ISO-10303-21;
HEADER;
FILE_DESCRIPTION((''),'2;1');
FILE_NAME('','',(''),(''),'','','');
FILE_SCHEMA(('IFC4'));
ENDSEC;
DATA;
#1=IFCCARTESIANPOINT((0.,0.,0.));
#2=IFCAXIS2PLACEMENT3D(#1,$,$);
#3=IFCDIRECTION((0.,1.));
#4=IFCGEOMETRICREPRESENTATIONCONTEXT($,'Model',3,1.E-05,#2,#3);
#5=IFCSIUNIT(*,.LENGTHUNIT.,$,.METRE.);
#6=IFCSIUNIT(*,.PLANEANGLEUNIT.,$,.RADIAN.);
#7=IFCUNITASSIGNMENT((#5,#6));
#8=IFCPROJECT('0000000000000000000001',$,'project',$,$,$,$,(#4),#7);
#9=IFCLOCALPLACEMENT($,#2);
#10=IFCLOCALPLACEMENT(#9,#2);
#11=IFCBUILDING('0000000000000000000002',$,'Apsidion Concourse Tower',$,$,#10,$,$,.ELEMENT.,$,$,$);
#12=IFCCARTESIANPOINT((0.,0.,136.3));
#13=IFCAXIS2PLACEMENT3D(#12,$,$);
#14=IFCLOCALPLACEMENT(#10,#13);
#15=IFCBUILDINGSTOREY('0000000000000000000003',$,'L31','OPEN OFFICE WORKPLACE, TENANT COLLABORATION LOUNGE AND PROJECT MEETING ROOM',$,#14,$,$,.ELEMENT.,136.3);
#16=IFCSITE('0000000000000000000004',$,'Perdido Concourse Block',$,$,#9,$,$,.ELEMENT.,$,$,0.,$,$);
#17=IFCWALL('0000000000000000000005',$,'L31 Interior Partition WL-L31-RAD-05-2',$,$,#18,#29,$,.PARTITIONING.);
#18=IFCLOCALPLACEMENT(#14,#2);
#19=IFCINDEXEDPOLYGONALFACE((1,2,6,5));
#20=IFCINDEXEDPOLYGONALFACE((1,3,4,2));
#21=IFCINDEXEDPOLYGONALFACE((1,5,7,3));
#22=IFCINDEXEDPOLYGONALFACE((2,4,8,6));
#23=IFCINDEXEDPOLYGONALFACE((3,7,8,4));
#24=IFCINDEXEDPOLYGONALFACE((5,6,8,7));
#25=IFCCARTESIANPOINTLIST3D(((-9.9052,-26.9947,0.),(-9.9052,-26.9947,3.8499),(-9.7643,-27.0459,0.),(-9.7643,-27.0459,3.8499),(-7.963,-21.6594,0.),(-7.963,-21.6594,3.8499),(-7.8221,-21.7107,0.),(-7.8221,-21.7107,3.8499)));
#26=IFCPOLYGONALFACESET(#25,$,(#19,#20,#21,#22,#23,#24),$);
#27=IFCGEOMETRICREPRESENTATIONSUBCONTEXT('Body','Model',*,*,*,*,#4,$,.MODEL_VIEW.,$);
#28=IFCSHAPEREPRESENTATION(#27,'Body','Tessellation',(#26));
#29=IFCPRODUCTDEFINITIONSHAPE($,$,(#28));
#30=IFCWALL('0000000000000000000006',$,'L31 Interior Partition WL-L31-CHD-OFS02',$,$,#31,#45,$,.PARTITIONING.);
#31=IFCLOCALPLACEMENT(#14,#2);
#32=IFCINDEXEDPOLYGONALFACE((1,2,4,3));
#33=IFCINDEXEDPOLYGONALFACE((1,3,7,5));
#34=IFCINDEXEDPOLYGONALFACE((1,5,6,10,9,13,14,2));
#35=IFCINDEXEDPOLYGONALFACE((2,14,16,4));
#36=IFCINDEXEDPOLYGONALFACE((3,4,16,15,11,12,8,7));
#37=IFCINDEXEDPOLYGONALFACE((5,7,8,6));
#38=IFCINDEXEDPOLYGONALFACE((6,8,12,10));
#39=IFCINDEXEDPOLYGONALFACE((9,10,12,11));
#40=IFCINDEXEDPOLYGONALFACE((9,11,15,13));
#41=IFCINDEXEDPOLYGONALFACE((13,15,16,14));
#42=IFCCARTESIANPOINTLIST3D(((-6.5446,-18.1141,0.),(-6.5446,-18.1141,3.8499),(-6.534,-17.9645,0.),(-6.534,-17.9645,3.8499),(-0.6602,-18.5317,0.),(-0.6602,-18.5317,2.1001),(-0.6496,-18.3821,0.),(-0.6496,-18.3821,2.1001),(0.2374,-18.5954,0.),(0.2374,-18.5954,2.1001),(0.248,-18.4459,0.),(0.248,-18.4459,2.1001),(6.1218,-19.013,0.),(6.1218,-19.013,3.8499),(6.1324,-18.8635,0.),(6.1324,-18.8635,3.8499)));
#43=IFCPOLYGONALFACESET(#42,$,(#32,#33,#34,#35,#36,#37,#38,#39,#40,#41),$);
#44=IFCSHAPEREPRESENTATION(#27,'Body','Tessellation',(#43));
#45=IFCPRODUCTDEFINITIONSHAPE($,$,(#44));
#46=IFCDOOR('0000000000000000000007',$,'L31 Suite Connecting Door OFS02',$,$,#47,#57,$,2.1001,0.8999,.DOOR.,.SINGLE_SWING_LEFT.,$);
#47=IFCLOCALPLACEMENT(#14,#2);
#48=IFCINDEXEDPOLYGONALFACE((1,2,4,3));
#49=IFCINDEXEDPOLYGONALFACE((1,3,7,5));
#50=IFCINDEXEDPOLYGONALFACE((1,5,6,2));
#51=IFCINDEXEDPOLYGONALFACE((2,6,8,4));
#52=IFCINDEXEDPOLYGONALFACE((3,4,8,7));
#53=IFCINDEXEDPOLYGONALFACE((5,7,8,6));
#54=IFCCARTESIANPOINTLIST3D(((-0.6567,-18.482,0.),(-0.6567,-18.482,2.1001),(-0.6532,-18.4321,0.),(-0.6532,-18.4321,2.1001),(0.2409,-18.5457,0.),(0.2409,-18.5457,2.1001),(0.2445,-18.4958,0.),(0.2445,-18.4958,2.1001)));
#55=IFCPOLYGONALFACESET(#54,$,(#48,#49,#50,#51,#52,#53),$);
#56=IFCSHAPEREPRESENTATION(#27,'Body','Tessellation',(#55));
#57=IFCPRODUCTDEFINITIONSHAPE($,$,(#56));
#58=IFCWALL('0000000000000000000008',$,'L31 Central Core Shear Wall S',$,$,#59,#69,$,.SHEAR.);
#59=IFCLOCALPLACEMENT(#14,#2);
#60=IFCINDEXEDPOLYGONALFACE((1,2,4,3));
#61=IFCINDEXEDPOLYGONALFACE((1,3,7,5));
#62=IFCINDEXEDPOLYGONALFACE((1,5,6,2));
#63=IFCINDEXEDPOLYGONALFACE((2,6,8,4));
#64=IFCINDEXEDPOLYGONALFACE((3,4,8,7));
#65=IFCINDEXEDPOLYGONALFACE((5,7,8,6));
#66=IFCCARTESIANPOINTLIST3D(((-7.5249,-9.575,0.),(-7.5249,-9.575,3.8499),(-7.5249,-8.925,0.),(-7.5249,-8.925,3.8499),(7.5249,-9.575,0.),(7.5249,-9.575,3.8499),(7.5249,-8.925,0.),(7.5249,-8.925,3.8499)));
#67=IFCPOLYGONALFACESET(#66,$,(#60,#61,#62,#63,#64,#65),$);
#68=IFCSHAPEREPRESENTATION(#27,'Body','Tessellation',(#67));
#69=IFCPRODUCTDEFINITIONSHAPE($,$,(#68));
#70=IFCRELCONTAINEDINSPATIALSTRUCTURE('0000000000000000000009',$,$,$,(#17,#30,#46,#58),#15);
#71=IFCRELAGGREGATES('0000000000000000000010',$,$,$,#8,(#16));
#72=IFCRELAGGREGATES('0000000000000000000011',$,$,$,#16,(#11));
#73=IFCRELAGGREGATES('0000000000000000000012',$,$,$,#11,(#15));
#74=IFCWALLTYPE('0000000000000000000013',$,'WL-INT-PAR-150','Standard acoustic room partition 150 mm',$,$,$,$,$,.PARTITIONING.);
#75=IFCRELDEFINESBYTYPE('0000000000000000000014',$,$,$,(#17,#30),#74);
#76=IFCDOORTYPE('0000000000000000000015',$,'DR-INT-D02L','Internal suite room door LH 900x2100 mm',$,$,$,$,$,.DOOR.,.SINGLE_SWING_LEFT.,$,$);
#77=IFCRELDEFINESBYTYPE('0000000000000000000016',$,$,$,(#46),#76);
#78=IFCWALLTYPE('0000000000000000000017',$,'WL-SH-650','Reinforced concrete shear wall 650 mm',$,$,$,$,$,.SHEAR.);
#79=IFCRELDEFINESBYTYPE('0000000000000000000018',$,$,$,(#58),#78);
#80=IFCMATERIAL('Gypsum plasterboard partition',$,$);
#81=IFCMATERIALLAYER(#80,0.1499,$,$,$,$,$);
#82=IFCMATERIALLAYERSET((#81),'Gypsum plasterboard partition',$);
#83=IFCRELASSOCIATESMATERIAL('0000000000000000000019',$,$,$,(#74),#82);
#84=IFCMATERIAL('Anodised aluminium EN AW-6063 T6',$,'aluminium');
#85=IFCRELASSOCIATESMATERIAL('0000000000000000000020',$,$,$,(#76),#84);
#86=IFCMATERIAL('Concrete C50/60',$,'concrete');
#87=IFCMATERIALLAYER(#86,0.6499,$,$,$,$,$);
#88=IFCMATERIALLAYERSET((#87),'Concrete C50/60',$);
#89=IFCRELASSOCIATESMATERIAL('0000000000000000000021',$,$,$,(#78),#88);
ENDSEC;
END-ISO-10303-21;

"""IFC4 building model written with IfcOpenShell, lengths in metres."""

from ifc_helpers import new_model, si_unit, direction, frame, frame_2d, origin, place, context, subcontext, project, spatial, rectangle, extrude, material, layer, layer_set, type_object, element, fill, save


model = new_model("IFC4")

# Units and contexts
model_context = context("Model", 3, precision=1e-05, world=origin(), true_north=direction((0.0, 1.0)))
body_context = subcontext(model_context, "Body", "Model", "MODEL_VIEW")
ifc_project = project(units=[si_unit("LENGTHUNIT", "METRE"), si_unit("PLANEANGLEUNIT", "RADIAN")], contexts=[model_context])

# Site, building, storey
site_placement = place(None, origin())
site = spatial("IfcSite", under=ifc_project, at=site_placement, Name="Perdido Concourse Block", CompositionType="ELEMENT", RefElevation=0.0)
building_placement = place(site_placement, origin())
building = spatial("IfcBuilding", under=site, at=building_placement, Name="Apsidion Concourse Tower", CompositionType="ELEMENT")
storey_placement = place(building_placement, frame((0.0, 0.0, 136.3)))
storey = spatial("IfcBuildingStorey", under=building, at=storey_placement, Name="L31", Description="OPEN OFFICE WORKPLACE, TENANT COLLABORATION LOUNGE AND PROJECT MEETING ROOM", CompositionType="ELEMENT", Elevation=136.3)

# Shared definitions
ifc_material_1 = material(Name="Gypsum plasterboard partition")

# Shared definitions
ifc_layer_1 = layer(ifc_material_1, 0.1499)
ifc_layer_set_1 = layer_set([ifc_layer_1], Name="Gypsum plasterboard partition")
wall_type_1 = type_object("IfcWallType", Name="WL-INT-PAR-150", Description="Standard acoustic room partition 150 mm", PredefinedType="PARTITIONING", material=ifc_layer_set_1)

# Wall
wall_1_placement = place(storey_placement, frame((-7.8926, -21.6851, 0.0), z_axis=(0.0, 0.0, 1.0), x_axis=(-0.342064, -0.939677, 0.0)))
element("IfcWall", 1, at=wall_1_placement, inside=storey, type_object=wall_type_1, Name="L31 Interior Partition WL-L31-RAD-05-2", PredefinedType="PARTITIONING", context=body_context, shape_type="SweptSolid", body=[
    extrude(rectangle(XDim=5.6777, YDim=0.1499, at=frame_2d((2.8389, 0.0))), origin(), (0.0, 0.0, 1.0), 3.8499),
])

# Wall, opening, door
wall_2_placement = place(storey_placement, frame((-6.5393, -18.0393, 0.0), z_axis=(0.0, 0.0, 1.0), x_axis=(0.997491, -0.070791, 0.0)))
wall_2 = element("IfcWall", 2, at=wall_2_placement, inside=storey, type_object=wall_type_1, Name="L31 Interior Partition WL-L31-CHD-OFS02", PredefinedType="PARTITIONING", context=body_context, shape_type="SweptSolid", body=[
    extrude(rectangle(XDim=12.6982, YDim=0.1499, at=frame_2d((6.3491, 0.0))), origin(), (0.0, 0.0, 1.0), 3.8499),
])
opening_1_placement = place(wall_2_placement, frame((5.8992, 0.0, 0.0)))
opening_1 = element("IfcOpeningElement", 3, at=opening_1_placement, cuts=wall_2, PredefinedType="OPENING", context=body_context, shape_type="SweptSolid", body=[
    extrude(rectangle(XDim=0.8999, YDim=2.1001, at=frame_2d((0.45, 1.05))), frame((0.0, 0.085, 0.0), z_axis=(0.0, -1.0, 0.0), x_axis=(1.0, 0.0, 0.0)), (0.0, 0.0, 1.0), 0.1699),
])
ifc_material_2 = material(Name="Anodised aluminium EN AW-6063 T6", Category="aluminium")
door_type_1 = type_object("IfcDoorType", Name="DR-INT-D02L", Description="Internal suite room door LH 900x2100 mm", OperationType="SINGLE_SWING_LEFT", PredefinedType="DOOR", material=ifc_material_2)
door_1_placement = place(opening_1_placement, origin())
door_1 = element("IfcDoor", 4, at=door_1_placement, inside=storey, type_object=door_type_1, Name="L31 Suite Connecting Door OFS02", OperationType="SINGLE_SWING_LEFT", OverallHeight=2.1001, OverallWidth=0.8999, PredefinedType="DOOR", context=body_context, shape_type="SweptSolid", body=[
    extrude(rectangle(XDim=0.8999, YDim=2.1001, at=frame_2d((0.45, 1.05))), frame((0.0, 0.0249, 0.0), z_axis=(0.0, -1.0, 0.0), x_axis=(1.0, 0.0, 0.0)), (0.0, 0.0, 1.0), 0.05),
])
fill(opening_1, door_1)

# Wall
ifc_material_3 = material(Name="Concrete C50/60", Category="concrete")
ifc_layer_2 = layer(ifc_material_3, 0.6499)
ifc_layer_set_2 = layer_set([ifc_layer_2], Name="Concrete C50/60")
wall_type_2 = type_object("IfcWallType", Name="WL-SH-650", Description="Reinforced concrete shear wall 650 mm", PredefinedType="SHEAR", material=ifc_layer_set_2)
wall_3_placement = place(storey_placement, frame((-7.5249, -9.25, 0.0), z_axis=(0.0, 0.0, 1.0), x_axis=(1.0, 0.0, 0.0)))
element("IfcWall", 5, at=wall_3_placement, inside=storey, type_object=wall_type_2, Name="L31 Central Core Shear Wall S", PredefinedType="SHEAR", context=body_context, shape_type="SweptSolid", body=[
    extrude(rectangle(XDim=15.0498, YDim=0.6499, at=frame_2d((7.5249, 0.0))), origin(), (0.0, 0.0, 1.0), 3.8499),
])

save(model, "model.ifc")
